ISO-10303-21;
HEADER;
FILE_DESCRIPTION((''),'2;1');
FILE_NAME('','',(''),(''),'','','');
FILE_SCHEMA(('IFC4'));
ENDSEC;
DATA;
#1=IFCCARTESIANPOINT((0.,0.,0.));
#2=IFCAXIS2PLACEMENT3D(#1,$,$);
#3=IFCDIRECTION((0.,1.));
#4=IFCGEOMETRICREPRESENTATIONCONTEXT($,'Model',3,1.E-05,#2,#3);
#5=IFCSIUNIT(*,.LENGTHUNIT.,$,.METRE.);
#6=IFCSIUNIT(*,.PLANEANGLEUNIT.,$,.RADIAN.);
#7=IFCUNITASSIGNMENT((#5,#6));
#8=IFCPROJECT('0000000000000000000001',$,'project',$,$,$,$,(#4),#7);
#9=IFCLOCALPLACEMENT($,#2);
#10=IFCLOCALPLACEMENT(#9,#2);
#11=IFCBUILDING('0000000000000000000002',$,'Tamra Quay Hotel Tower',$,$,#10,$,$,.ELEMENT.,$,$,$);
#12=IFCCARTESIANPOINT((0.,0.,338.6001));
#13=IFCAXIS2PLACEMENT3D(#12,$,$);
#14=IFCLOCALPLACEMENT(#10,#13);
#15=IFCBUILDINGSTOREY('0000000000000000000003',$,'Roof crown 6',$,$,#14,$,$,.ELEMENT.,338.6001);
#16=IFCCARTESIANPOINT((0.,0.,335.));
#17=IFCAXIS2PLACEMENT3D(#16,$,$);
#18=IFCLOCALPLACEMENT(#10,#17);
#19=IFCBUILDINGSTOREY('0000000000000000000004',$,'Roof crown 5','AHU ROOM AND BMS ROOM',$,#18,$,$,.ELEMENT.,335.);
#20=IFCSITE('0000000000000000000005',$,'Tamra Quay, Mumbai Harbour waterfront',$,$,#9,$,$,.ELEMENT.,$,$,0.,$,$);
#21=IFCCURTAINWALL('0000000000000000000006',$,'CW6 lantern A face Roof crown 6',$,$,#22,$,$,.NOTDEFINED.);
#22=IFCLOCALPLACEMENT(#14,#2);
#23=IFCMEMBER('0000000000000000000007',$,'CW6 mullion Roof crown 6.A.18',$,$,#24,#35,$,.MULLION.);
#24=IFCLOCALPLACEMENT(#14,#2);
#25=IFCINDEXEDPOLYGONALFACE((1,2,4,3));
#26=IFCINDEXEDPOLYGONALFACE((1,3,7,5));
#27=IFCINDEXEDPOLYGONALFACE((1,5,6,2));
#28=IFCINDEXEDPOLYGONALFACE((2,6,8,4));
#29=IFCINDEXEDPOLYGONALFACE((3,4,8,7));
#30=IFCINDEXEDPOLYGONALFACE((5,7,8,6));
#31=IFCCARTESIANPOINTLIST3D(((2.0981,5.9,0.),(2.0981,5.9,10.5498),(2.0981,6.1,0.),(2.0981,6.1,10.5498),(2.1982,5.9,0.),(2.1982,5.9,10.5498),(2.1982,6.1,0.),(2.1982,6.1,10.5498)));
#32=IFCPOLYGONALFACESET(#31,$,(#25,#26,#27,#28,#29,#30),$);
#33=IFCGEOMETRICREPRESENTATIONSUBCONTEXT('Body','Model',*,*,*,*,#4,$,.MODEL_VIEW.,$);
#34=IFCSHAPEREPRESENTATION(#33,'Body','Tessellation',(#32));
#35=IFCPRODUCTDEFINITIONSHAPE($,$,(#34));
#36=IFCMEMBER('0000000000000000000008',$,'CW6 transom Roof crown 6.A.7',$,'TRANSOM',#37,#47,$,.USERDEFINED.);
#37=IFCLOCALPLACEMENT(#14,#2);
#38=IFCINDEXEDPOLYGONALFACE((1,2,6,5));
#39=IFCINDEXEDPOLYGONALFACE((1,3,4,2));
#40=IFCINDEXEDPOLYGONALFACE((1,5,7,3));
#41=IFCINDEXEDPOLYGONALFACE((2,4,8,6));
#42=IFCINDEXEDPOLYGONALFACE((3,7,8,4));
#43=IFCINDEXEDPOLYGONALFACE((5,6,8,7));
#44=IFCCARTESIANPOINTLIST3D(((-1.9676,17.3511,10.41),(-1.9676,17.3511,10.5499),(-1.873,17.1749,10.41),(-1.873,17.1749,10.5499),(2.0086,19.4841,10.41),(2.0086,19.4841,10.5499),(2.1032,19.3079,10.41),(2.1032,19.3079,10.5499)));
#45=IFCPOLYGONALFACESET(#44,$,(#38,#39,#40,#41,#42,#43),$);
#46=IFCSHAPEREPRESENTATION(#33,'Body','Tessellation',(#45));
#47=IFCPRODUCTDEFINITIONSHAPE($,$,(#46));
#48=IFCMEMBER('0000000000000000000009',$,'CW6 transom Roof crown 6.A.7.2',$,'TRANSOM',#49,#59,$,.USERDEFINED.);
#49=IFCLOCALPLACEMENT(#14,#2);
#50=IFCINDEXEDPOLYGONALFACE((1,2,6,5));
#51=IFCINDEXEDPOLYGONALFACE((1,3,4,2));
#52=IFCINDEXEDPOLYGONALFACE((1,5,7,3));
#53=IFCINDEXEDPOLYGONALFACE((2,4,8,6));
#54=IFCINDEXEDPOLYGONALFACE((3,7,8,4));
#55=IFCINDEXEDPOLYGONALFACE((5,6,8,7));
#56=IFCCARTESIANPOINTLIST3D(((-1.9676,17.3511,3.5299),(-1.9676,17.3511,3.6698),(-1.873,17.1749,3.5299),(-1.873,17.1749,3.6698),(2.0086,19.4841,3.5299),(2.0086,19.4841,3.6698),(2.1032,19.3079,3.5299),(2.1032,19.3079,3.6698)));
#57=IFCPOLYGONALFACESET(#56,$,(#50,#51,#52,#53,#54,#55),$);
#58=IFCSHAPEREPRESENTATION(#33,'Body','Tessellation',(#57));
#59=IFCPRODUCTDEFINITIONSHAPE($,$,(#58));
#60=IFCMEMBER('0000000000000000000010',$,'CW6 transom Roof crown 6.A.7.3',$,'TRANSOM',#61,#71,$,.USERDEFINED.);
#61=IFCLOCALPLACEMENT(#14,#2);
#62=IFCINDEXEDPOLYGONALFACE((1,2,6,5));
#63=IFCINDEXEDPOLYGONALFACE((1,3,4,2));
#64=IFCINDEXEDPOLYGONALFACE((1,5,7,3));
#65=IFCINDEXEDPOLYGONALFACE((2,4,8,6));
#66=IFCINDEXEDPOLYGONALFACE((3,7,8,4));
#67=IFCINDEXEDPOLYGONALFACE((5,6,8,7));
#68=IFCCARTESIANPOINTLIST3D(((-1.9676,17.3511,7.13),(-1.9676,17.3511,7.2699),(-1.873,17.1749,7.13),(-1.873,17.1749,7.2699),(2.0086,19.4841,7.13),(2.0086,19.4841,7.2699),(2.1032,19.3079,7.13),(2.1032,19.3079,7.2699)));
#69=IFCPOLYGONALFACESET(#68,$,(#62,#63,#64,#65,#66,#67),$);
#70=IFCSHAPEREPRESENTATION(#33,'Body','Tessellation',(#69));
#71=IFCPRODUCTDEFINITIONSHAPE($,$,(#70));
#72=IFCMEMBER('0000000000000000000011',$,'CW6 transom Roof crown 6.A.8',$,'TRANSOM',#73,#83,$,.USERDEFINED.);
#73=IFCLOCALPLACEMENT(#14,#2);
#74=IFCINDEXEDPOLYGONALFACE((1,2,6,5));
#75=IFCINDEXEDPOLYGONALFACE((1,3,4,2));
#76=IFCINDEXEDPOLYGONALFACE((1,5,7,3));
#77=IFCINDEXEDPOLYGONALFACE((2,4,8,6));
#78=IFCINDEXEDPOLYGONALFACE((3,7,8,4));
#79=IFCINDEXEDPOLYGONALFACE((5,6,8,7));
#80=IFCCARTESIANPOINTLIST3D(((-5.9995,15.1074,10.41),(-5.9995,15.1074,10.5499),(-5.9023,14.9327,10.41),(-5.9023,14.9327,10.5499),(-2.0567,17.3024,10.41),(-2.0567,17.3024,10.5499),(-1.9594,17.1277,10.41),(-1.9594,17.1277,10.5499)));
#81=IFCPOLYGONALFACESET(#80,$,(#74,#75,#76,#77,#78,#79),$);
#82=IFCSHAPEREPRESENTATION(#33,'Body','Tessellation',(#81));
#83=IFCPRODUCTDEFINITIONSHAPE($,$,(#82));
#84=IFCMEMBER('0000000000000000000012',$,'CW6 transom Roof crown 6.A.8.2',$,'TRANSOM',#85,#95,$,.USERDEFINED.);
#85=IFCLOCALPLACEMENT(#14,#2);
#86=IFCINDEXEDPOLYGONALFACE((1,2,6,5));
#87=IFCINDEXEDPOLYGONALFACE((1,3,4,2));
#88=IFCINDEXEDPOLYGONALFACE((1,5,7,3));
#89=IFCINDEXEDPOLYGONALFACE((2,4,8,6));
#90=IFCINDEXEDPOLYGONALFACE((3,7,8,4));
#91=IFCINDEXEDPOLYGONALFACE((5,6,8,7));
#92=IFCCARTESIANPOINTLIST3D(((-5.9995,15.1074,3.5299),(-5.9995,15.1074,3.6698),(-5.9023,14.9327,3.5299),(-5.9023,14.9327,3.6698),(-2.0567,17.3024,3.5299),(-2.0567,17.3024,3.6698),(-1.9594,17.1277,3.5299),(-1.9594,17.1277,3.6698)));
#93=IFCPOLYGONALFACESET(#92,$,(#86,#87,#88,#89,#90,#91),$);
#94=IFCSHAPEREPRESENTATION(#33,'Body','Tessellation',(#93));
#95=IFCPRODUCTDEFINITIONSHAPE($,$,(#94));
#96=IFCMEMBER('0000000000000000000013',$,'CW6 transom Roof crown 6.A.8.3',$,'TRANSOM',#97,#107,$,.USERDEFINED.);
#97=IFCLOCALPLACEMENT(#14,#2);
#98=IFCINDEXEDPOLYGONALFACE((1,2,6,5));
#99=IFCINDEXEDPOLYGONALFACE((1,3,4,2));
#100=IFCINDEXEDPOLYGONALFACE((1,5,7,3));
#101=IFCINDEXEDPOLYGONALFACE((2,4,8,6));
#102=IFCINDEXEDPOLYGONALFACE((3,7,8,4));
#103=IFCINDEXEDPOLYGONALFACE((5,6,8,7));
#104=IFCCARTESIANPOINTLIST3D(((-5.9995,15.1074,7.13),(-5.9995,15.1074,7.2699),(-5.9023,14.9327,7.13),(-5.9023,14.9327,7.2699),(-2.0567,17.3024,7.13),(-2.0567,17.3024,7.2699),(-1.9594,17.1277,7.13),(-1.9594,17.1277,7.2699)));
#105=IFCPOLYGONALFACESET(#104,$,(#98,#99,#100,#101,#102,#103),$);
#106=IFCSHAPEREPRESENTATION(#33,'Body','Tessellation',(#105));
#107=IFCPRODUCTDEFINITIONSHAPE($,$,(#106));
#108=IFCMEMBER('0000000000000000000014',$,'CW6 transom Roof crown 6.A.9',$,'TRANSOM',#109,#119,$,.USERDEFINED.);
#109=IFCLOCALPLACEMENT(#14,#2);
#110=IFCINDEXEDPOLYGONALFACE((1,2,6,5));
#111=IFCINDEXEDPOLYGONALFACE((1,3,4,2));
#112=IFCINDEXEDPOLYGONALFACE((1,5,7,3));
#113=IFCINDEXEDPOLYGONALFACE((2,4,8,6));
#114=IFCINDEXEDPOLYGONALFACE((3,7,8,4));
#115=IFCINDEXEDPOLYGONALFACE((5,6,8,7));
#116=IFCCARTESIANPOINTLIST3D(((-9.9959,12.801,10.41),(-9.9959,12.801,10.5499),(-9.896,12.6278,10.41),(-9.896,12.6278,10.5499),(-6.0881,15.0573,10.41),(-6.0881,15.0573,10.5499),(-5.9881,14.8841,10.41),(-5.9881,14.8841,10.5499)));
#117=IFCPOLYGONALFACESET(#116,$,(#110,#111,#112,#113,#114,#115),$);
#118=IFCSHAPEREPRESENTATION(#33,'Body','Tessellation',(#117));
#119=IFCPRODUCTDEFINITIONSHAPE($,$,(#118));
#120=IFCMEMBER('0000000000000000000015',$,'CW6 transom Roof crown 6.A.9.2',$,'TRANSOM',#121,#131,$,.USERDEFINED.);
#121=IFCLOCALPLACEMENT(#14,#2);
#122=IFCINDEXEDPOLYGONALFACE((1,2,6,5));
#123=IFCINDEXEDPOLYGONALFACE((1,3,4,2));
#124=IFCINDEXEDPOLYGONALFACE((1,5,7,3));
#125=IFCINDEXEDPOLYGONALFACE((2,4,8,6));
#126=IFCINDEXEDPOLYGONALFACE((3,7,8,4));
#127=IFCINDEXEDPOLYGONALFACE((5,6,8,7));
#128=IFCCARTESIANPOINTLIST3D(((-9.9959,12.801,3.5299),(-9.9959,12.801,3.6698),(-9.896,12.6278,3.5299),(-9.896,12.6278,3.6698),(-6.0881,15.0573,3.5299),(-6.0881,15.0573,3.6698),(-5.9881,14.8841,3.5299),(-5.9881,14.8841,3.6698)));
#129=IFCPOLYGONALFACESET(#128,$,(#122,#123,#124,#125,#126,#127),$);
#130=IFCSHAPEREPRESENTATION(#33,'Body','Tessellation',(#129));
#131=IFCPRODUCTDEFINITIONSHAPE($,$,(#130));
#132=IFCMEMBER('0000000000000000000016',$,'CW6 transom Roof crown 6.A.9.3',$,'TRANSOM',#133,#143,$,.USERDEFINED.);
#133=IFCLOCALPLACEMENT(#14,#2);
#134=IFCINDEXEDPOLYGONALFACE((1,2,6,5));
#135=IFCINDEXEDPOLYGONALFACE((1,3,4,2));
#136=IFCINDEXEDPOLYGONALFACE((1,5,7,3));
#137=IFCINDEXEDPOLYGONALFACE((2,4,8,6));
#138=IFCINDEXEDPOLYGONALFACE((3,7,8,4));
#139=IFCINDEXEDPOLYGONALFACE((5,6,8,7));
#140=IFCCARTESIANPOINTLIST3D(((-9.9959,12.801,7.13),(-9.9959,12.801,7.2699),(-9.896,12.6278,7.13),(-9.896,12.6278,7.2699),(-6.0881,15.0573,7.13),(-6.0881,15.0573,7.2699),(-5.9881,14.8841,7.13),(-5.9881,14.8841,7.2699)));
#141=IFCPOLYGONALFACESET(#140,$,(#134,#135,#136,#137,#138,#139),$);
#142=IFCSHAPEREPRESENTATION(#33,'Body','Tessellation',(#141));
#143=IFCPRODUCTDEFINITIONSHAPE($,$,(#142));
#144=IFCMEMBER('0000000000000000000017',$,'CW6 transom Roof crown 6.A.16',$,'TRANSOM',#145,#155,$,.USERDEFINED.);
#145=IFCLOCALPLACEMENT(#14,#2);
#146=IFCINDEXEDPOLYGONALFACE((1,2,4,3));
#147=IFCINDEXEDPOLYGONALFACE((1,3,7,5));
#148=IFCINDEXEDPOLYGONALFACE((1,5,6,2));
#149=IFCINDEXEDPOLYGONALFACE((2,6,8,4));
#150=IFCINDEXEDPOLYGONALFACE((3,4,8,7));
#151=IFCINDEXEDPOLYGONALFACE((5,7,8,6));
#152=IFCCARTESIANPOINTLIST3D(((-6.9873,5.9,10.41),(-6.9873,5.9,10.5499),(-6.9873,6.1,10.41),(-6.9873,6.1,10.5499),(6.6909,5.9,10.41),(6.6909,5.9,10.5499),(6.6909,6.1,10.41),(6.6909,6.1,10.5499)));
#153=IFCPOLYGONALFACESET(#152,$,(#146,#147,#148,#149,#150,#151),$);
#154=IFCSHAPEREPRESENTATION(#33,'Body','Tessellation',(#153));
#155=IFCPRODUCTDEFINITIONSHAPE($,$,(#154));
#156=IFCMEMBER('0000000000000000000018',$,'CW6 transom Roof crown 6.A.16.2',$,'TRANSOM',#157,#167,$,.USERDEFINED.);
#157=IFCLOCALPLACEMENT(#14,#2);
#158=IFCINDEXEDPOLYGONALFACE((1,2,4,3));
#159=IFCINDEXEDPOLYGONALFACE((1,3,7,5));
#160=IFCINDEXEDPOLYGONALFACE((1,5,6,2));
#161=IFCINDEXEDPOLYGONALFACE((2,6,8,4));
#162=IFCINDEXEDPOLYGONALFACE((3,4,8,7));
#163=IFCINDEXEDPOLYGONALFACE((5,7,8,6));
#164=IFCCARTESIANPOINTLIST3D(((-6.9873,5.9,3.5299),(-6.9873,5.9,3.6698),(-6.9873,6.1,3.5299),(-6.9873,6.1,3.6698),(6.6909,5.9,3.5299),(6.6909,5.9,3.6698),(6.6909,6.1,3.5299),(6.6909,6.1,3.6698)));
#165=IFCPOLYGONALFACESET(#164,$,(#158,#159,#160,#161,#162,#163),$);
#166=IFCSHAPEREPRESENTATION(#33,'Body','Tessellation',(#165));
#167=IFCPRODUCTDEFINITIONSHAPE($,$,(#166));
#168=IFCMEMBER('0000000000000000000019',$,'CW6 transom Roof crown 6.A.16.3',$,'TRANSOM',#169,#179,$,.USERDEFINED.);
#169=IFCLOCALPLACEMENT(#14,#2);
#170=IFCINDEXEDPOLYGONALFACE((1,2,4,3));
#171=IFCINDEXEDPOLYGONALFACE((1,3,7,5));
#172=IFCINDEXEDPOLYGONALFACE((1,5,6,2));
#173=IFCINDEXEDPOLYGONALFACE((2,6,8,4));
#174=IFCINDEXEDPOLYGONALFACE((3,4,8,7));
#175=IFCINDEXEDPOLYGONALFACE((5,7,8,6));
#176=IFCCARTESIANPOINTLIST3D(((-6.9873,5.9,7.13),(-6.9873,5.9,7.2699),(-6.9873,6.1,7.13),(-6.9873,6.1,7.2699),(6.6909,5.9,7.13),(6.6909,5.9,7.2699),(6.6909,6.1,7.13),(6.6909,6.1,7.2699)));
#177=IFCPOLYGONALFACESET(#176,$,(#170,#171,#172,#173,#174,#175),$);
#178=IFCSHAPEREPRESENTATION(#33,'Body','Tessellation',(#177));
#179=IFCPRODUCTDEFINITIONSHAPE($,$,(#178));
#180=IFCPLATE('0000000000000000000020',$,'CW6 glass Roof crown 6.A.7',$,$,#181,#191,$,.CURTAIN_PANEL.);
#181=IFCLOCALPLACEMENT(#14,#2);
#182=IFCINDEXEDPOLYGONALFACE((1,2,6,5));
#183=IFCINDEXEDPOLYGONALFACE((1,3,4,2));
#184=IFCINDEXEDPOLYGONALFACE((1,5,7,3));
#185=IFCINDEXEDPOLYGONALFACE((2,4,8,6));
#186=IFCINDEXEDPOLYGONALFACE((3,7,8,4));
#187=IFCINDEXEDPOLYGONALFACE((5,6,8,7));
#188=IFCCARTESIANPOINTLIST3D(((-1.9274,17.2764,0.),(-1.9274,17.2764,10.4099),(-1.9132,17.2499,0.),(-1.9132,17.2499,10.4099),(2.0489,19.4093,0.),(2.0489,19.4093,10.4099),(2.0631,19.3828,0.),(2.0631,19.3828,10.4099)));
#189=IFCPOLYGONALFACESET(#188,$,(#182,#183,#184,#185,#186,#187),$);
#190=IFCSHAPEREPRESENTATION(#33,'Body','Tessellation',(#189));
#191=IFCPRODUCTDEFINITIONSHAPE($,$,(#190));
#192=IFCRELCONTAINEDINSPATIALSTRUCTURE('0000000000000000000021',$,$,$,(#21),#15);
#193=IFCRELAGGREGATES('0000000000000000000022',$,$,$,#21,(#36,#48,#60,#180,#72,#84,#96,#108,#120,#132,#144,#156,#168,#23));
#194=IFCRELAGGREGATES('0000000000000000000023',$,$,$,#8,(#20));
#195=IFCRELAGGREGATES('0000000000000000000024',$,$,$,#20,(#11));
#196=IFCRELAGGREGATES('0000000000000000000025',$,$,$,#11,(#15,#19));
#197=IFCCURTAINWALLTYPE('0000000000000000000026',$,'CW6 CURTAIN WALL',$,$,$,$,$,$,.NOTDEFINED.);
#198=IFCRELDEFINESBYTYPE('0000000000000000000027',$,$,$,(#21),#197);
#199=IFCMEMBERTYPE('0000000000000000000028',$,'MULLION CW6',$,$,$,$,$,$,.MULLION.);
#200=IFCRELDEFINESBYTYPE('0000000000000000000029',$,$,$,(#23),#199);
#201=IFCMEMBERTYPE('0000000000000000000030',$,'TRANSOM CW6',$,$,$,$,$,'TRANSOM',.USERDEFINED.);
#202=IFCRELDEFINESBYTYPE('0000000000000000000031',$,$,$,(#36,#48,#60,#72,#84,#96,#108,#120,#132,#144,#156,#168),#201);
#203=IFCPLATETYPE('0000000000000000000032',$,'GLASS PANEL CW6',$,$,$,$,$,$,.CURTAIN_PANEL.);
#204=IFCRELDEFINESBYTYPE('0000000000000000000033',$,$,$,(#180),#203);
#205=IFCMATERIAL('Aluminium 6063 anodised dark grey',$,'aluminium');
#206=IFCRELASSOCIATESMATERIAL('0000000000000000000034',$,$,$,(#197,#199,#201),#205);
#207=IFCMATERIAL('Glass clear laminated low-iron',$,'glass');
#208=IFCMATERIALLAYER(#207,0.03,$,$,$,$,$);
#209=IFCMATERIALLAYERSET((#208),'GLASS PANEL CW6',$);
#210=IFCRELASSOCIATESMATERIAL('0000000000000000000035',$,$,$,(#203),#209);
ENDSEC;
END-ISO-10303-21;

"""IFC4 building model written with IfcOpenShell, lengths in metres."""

from ifc_helpers import new_model, si_unit, direction, frame, origin, origin_2d, place, context, subcontext, project, spatial, rectangle, extrude, material, layer, layer_set, material_profile, profile_set, type_object, element, aggregate, save


model = new_model("IFC4")

# Units and contexts
model_context = context("Model", 3, precision=1e-05, world=origin(), true_north=direction((0.0, 1.0)))
body_context = subcontext(model_context, "Body", "Model", "MODEL_VIEW")
ifc_project = project(units=[si_unit("LENGTHUNIT", "METRE"), si_unit("PLANEANGLEUNIT", "RADIAN")], contexts=[model_context])

# Site, building, storey
site_placement = place(None, origin())
site = spatial("IfcSite", under=ifc_project, at=site_placement, Name="Tamra Quay, Mumbai Harbour waterfront", CompositionType="ELEMENT", RefElevation=0.0)
building_placement = place(site_placement, origin())
building = spatial("IfcBuilding", under=site, at=building_placement, Name="Tamra Quay Hotel Tower", CompositionType="ELEMENT")
storey_1_placement = place(building_placement, frame((0.0, 0.0, 338.6001)))
storey_1 = spatial("IfcBuildingStorey", under=building, at=storey_1_placement, Name="Roof crown 6", CompositionType="ELEMENT", Elevation=338.6001)

# Curtain wall, members, plate
ifc_material_1 = material(Name="Aluminium 6063 anodised dark grey", Category="aluminium")
curtain_wall_type = type_object("IfcCurtainWallType", Name="CW6 CURTAIN WALL", PredefinedType="NOTDEFINED", material=ifc_material_1)
curtain_wall_placement = place(storey_1_placement, origin())
curtain_wall = element("IfcCurtainWall", 1, at=curtain_wall_placement, inside=storey_1, type_object=curtain_wall_type, Name="CW6 lantern A face Roof crown 6", PredefinedType="NOTDEFINED")
ifc_material_profile_1 = material_profile(ifc_material_1, rectangle(XDim=0.2, YDim=0.1001, at=origin_2d()), Name="MULLION 100X200")
ifc_profile_set_1 = profile_set([ifc_material_profile_1], Name="Aluminium 6063 anodised dark grey")
member_type_1 = type_object("IfcMemberType", Name="MULLION CW6", PredefinedType="MULLION", material=ifc_profile_set_1)
member_1_placement = place(storey_1_placement, frame((2.1482, 6.0, 0.0), z_axis=(0.0, 0.0, 1.0), x_axis=(0.0, -1.0, 0.0)))
member_1 = element("IfcMember", 2, at=member_1_placement, type_object=member_type_1, Name="CW6 mullion Roof crown 6.A.18", PredefinedType="MULLION", context=body_context, shape_type="SweptSolid", body=[
    extrude(rectangle(XDim=0.2, YDim=0.1001, at=origin_2d()), origin(), (0.0, 0.0, 1.0), 10.5498),
])
ifc_material_profile_2 = material_profile(ifc_material_1, rectangle(XDim=0.2, YDim=0.1399, at=origin_2d()), Name="TRANSOM 200X140")
ifc_profile_set_2 = profile_set([ifc_material_profile_2], Name="Aluminium 6063 anodised dark grey")
member_type_2 = type_object("IfcMemberType", Name="TRANSOM CW6", ElementType="TRANSOM", PredefinedType="USERDEFINED", material=ifc_profile_set_2)
member_2_placement = place(storey_1_placement, frame((2.0559, 19.396, 10.48), z_axis=(-0.881214, -0.472718, 0.0), x_axis=(0.472718, -0.881214, 0.0)))
member_2 = element("IfcMember", 3, at=member_2_placement, type_object=member_type_2, Name="CW6 transom Roof crown 6.A.7", ObjectType="TRANSOM", PredefinedType="USERDEFINED", context=body_context, shape_type="SweptSolid", body=[
    extrude(rectangle(XDim=0.2, YDim=0.1399, at=origin_2d()), origin(), (0.0, 0.0, 1.0), 4.5122),
])
member_3_placement = place(storey_1_placement, frame((2.0559, 19.396, 3.5999), z_axis=(-0.881214, -0.472718, 0.0), x_axis=(0.472718, -0.881214, 0.0)))
member_3 = element("IfcMember", 4, at=member_3_placement, type_object=member_type_2, Name="CW6 transom Roof crown 6.A.7.2", ObjectType="TRANSOM", PredefinedType="USERDEFINED", context=body_context, shape_type="SweptSolid", body=[
    extrude(rectangle(XDim=0.2, YDim=0.1399, at=origin_2d()), origin(), (0.0, 0.0, 1.0), 4.5122),
])
member_4_placement = place(storey_1_placement, frame((2.0559, 19.396, 7.2), z_axis=(-0.881214, -0.472718, 0.0), x_axis=(0.472718, -0.881214, 0.0)))
member_4 = element("IfcMember", 5, at=member_4_placement, type_object=member_type_2, Name="CW6 transom Roof crown 6.A.7.3", ObjectType="TRANSOM", PredefinedType="USERDEFINED", context=body_context, shape_type="SweptSolid", body=[
    extrude(rectangle(XDim=0.2, YDim=0.1399, at=origin_2d()), origin(), (0.0, 0.0, 1.0), 4.5122),
])
member_5_placement = place(storey_1_placement, frame((-2.0081, 17.2151, 10.48), z_axis=(-0.873726, -0.486419, 0.0), x_axis=(0.486419, -0.873726, 0.0)))
member_5 = element("IfcMember", 6, at=member_5_placement, type_object=member_type_2, Name="CW6 transom Roof crown 6.A.8", ObjectType="TRANSOM", PredefinedType="USERDEFINED", context=body_context, shape_type="SweptSolid", body=[
    extrude(rectangle(XDim=0.2, YDim=0.1399, at=origin_2d()), origin(), (0.0, 0.0, 1.0), 4.5127),
])
member_6_placement = place(storey_1_placement, frame((-2.0081, 17.2151, 3.5999), z_axis=(-0.873726, -0.486419, 0.0), x_axis=(0.486419, -0.873726, 0.0)))
member_6 = element("IfcMember", 7, at=member_6_placement, type_object=member_type_2, Name="CW6 transom Roof crown 6.A.8.2", ObjectType="TRANSOM", PredefinedType="USERDEFINED", context=body_context, shape_type="SweptSolid", body=[
    extrude(rectangle(XDim=0.2, YDim=0.1399, at=origin_2d()), origin(), (0.0, 0.0, 1.0), 4.5127),
])
member_7_placement = place(storey_1_placement, frame((-2.0081, 17.2151, 7.2), z_axis=(-0.873726, -0.486419, 0.0), x_axis=(0.486419, -0.873726, 0.0)))
member_7 = element("IfcMember", 8, at=member_7_placement, type_object=member_type_2, Name="CW6 transom Roof crown 6.A.8.3", ObjectType="TRANSOM", PredefinedType="USERDEFINED", context=body_context, shape_type="SweptSolid", body=[
    extrude(rectangle(XDim=0.2, YDim=0.1399, at=origin_2d()), origin(), (0.0, 0.0, 1.0), 4.5127),
])
member_8_placement = place(storey_1_placement, frame((-6.0381, 14.9707, 10.48), z_axis=(-0.866017, -0.500014, 0.0), x_axis=(0.500014, -0.866017, 0.0)))
member_8 = element("IfcMember", 9, at=member_8_placement, type_object=member_type_2, Name="CW6 transom Roof crown 6.A.9", ObjectType="TRANSOM", PredefinedType="USERDEFINED", context=body_context, shape_type="SweptSolid", body=[
    extrude(rectangle(XDim=0.2, YDim=0.1399, at=origin_2d()), origin(), (0.0, 0.0, 1.0), 4.5125),
])
member_9_placement = place(storey_1_placement, frame((-6.0381, 14.9707, 3.5999), z_axis=(-0.866017, -0.500014, 0.0), x_axis=(0.500014, -0.866017, 0.0)))
member_9 = element("IfcMember", 10, at=member_9_placement, type_object=member_type_2, Name="CW6 transom Roof crown 6.A.9.2", ObjectType="TRANSOM", PredefinedType="USERDEFINED", context=body_context, shape_type="SweptSolid", body=[
    extrude(rectangle(XDim=0.2, YDim=0.1399, at=origin_2d()), origin(), (0.0, 0.0, 1.0), 4.5125),
])
member_10_placement = place(storey_1_placement, frame((-6.0381, 14.9707, 7.2), z_axis=(-0.866017, -0.500014, 0.0), x_axis=(0.500014, -0.866017, 0.0)))
member_10 = element("IfcMember", 11, at=member_10_placement, type_object=member_type_2, Name="CW6 transom Roof crown 6.A.9.3", ObjectType="TRANSOM", PredefinedType="USERDEFINED", context=body_context, shape_type="SweptSolid", body=[
    extrude(rectangle(XDim=0.2, YDim=0.1399, at=origin_2d()), origin(), (0.0, 0.0, 1.0), 4.5125),
])
member_11_placement = place(storey_1_placement, frame((-6.9873, 6.0, 10.48), z_axis=(1.0, 0.0, 0.0), x_axis=(0.0, 1.0, 0.0)))
member_11 = element("IfcMember", 12, at=member_11_placement, type_object=member_type_2, Name="CW6 transom Roof crown 6.A.16", ObjectType="TRANSOM", PredefinedType="USERDEFINED", context=body_context, shape_type="SweptSolid", body=[
    extrude(rectangle(XDim=0.2, YDim=0.1399, at=origin_2d()), origin(), (0.0, 0.0, 1.0), 13.6782),
])
member_12_placement = place(storey_1_placement, frame((-6.9873, 6.0, 3.5999), z_axis=(1.0, 0.0, 0.0), x_axis=(0.0, 1.0, 0.0)))
member_12 = element("IfcMember", 13, at=member_12_placement, type_object=member_type_2, Name="CW6 transom Roof crown 6.A.16.2", ObjectType="TRANSOM", PredefinedType="USERDEFINED", context=body_context, shape_type="SweptSolid", body=[
    extrude(rectangle(XDim=0.2, YDim=0.1399, at=origin_2d()), origin(), (0.0, 0.0, 1.0), 13.6782),
])
member_13_placement = place(storey_1_placement, frame((-6.9873, 6.0, 7.2), z_axis=(1.0, 0.0, 0.0), x_axis=(0.0, 1.0, 0.0)))
member_13 = element("IfcMember", 14, at=member_13_placement, type_object=member_type_2, Name="CW6 transom Roof crown 6.A.16.3", ObjectType="TRANSOM", PredefinedType="USERDEFINED", context=body_context, shape_type="SweptSolid", body=[
    extrude(rectangle(XDim=0.2, YDim=0.1399, at=origin_2d()), origin(), (0.0, 0.0, 1.0), 13.6782),
])
ifc_material_2 = material(Name="Glass clear laminated low-iron", Category="glass")
ifc_layer_1 = layer(ifc_material_2, 0.03)
ifc_layer_set_1 = layer_set([ifc_layer_1], Name="GLASS PANEL CW6")
plate_type = type_object("IfcPlateType", Name="GLASS PANEL CW6", PredefinedType="CURTAIN_PANEL", material=ifc_layer_set_1)
plate_1_placement = place(storey_1_placement, frame((0.0679, 18.3296, 0.0), z_axis=(0.0, 0.0, 1.0), x_axis=(-0.881224, -0.4727, 0.0)))
plate_1 = element("IfcPlate", 15, at=plate_1_placement, type_object=plate_type, Name="CW6 glass Roof crown 6.A.7", PredefinedType="CURTAIN_PANEL", context=body_context, shape_type="SweptSolid", body=[
    extrude(rectangle(XDim=4.5122, YDim=0.03, at=origin_2d()), origin(), (0.0, 0.0, 1.0), 10.4099),
])
aggregate(curtain_wall, [member_2, member_3, member_4, plate_1, member_5, member_6, member_7, member_8, member_9, member_10, member_11, member_12, member_13, member_1])

# Shared definitions
storey_2_placement = place(building_placement, frame((0.0, 0.0, 335.0)))
storey_2 = spatial("IfcBuildingStorey", under=building, at=storey_2_placement, Name="Roof crown 5", Description="AHU ROOM AND BMS ROOM", CompositionType="ELEMENT", Elevation=335.0)

save(model, "model.ifc")
